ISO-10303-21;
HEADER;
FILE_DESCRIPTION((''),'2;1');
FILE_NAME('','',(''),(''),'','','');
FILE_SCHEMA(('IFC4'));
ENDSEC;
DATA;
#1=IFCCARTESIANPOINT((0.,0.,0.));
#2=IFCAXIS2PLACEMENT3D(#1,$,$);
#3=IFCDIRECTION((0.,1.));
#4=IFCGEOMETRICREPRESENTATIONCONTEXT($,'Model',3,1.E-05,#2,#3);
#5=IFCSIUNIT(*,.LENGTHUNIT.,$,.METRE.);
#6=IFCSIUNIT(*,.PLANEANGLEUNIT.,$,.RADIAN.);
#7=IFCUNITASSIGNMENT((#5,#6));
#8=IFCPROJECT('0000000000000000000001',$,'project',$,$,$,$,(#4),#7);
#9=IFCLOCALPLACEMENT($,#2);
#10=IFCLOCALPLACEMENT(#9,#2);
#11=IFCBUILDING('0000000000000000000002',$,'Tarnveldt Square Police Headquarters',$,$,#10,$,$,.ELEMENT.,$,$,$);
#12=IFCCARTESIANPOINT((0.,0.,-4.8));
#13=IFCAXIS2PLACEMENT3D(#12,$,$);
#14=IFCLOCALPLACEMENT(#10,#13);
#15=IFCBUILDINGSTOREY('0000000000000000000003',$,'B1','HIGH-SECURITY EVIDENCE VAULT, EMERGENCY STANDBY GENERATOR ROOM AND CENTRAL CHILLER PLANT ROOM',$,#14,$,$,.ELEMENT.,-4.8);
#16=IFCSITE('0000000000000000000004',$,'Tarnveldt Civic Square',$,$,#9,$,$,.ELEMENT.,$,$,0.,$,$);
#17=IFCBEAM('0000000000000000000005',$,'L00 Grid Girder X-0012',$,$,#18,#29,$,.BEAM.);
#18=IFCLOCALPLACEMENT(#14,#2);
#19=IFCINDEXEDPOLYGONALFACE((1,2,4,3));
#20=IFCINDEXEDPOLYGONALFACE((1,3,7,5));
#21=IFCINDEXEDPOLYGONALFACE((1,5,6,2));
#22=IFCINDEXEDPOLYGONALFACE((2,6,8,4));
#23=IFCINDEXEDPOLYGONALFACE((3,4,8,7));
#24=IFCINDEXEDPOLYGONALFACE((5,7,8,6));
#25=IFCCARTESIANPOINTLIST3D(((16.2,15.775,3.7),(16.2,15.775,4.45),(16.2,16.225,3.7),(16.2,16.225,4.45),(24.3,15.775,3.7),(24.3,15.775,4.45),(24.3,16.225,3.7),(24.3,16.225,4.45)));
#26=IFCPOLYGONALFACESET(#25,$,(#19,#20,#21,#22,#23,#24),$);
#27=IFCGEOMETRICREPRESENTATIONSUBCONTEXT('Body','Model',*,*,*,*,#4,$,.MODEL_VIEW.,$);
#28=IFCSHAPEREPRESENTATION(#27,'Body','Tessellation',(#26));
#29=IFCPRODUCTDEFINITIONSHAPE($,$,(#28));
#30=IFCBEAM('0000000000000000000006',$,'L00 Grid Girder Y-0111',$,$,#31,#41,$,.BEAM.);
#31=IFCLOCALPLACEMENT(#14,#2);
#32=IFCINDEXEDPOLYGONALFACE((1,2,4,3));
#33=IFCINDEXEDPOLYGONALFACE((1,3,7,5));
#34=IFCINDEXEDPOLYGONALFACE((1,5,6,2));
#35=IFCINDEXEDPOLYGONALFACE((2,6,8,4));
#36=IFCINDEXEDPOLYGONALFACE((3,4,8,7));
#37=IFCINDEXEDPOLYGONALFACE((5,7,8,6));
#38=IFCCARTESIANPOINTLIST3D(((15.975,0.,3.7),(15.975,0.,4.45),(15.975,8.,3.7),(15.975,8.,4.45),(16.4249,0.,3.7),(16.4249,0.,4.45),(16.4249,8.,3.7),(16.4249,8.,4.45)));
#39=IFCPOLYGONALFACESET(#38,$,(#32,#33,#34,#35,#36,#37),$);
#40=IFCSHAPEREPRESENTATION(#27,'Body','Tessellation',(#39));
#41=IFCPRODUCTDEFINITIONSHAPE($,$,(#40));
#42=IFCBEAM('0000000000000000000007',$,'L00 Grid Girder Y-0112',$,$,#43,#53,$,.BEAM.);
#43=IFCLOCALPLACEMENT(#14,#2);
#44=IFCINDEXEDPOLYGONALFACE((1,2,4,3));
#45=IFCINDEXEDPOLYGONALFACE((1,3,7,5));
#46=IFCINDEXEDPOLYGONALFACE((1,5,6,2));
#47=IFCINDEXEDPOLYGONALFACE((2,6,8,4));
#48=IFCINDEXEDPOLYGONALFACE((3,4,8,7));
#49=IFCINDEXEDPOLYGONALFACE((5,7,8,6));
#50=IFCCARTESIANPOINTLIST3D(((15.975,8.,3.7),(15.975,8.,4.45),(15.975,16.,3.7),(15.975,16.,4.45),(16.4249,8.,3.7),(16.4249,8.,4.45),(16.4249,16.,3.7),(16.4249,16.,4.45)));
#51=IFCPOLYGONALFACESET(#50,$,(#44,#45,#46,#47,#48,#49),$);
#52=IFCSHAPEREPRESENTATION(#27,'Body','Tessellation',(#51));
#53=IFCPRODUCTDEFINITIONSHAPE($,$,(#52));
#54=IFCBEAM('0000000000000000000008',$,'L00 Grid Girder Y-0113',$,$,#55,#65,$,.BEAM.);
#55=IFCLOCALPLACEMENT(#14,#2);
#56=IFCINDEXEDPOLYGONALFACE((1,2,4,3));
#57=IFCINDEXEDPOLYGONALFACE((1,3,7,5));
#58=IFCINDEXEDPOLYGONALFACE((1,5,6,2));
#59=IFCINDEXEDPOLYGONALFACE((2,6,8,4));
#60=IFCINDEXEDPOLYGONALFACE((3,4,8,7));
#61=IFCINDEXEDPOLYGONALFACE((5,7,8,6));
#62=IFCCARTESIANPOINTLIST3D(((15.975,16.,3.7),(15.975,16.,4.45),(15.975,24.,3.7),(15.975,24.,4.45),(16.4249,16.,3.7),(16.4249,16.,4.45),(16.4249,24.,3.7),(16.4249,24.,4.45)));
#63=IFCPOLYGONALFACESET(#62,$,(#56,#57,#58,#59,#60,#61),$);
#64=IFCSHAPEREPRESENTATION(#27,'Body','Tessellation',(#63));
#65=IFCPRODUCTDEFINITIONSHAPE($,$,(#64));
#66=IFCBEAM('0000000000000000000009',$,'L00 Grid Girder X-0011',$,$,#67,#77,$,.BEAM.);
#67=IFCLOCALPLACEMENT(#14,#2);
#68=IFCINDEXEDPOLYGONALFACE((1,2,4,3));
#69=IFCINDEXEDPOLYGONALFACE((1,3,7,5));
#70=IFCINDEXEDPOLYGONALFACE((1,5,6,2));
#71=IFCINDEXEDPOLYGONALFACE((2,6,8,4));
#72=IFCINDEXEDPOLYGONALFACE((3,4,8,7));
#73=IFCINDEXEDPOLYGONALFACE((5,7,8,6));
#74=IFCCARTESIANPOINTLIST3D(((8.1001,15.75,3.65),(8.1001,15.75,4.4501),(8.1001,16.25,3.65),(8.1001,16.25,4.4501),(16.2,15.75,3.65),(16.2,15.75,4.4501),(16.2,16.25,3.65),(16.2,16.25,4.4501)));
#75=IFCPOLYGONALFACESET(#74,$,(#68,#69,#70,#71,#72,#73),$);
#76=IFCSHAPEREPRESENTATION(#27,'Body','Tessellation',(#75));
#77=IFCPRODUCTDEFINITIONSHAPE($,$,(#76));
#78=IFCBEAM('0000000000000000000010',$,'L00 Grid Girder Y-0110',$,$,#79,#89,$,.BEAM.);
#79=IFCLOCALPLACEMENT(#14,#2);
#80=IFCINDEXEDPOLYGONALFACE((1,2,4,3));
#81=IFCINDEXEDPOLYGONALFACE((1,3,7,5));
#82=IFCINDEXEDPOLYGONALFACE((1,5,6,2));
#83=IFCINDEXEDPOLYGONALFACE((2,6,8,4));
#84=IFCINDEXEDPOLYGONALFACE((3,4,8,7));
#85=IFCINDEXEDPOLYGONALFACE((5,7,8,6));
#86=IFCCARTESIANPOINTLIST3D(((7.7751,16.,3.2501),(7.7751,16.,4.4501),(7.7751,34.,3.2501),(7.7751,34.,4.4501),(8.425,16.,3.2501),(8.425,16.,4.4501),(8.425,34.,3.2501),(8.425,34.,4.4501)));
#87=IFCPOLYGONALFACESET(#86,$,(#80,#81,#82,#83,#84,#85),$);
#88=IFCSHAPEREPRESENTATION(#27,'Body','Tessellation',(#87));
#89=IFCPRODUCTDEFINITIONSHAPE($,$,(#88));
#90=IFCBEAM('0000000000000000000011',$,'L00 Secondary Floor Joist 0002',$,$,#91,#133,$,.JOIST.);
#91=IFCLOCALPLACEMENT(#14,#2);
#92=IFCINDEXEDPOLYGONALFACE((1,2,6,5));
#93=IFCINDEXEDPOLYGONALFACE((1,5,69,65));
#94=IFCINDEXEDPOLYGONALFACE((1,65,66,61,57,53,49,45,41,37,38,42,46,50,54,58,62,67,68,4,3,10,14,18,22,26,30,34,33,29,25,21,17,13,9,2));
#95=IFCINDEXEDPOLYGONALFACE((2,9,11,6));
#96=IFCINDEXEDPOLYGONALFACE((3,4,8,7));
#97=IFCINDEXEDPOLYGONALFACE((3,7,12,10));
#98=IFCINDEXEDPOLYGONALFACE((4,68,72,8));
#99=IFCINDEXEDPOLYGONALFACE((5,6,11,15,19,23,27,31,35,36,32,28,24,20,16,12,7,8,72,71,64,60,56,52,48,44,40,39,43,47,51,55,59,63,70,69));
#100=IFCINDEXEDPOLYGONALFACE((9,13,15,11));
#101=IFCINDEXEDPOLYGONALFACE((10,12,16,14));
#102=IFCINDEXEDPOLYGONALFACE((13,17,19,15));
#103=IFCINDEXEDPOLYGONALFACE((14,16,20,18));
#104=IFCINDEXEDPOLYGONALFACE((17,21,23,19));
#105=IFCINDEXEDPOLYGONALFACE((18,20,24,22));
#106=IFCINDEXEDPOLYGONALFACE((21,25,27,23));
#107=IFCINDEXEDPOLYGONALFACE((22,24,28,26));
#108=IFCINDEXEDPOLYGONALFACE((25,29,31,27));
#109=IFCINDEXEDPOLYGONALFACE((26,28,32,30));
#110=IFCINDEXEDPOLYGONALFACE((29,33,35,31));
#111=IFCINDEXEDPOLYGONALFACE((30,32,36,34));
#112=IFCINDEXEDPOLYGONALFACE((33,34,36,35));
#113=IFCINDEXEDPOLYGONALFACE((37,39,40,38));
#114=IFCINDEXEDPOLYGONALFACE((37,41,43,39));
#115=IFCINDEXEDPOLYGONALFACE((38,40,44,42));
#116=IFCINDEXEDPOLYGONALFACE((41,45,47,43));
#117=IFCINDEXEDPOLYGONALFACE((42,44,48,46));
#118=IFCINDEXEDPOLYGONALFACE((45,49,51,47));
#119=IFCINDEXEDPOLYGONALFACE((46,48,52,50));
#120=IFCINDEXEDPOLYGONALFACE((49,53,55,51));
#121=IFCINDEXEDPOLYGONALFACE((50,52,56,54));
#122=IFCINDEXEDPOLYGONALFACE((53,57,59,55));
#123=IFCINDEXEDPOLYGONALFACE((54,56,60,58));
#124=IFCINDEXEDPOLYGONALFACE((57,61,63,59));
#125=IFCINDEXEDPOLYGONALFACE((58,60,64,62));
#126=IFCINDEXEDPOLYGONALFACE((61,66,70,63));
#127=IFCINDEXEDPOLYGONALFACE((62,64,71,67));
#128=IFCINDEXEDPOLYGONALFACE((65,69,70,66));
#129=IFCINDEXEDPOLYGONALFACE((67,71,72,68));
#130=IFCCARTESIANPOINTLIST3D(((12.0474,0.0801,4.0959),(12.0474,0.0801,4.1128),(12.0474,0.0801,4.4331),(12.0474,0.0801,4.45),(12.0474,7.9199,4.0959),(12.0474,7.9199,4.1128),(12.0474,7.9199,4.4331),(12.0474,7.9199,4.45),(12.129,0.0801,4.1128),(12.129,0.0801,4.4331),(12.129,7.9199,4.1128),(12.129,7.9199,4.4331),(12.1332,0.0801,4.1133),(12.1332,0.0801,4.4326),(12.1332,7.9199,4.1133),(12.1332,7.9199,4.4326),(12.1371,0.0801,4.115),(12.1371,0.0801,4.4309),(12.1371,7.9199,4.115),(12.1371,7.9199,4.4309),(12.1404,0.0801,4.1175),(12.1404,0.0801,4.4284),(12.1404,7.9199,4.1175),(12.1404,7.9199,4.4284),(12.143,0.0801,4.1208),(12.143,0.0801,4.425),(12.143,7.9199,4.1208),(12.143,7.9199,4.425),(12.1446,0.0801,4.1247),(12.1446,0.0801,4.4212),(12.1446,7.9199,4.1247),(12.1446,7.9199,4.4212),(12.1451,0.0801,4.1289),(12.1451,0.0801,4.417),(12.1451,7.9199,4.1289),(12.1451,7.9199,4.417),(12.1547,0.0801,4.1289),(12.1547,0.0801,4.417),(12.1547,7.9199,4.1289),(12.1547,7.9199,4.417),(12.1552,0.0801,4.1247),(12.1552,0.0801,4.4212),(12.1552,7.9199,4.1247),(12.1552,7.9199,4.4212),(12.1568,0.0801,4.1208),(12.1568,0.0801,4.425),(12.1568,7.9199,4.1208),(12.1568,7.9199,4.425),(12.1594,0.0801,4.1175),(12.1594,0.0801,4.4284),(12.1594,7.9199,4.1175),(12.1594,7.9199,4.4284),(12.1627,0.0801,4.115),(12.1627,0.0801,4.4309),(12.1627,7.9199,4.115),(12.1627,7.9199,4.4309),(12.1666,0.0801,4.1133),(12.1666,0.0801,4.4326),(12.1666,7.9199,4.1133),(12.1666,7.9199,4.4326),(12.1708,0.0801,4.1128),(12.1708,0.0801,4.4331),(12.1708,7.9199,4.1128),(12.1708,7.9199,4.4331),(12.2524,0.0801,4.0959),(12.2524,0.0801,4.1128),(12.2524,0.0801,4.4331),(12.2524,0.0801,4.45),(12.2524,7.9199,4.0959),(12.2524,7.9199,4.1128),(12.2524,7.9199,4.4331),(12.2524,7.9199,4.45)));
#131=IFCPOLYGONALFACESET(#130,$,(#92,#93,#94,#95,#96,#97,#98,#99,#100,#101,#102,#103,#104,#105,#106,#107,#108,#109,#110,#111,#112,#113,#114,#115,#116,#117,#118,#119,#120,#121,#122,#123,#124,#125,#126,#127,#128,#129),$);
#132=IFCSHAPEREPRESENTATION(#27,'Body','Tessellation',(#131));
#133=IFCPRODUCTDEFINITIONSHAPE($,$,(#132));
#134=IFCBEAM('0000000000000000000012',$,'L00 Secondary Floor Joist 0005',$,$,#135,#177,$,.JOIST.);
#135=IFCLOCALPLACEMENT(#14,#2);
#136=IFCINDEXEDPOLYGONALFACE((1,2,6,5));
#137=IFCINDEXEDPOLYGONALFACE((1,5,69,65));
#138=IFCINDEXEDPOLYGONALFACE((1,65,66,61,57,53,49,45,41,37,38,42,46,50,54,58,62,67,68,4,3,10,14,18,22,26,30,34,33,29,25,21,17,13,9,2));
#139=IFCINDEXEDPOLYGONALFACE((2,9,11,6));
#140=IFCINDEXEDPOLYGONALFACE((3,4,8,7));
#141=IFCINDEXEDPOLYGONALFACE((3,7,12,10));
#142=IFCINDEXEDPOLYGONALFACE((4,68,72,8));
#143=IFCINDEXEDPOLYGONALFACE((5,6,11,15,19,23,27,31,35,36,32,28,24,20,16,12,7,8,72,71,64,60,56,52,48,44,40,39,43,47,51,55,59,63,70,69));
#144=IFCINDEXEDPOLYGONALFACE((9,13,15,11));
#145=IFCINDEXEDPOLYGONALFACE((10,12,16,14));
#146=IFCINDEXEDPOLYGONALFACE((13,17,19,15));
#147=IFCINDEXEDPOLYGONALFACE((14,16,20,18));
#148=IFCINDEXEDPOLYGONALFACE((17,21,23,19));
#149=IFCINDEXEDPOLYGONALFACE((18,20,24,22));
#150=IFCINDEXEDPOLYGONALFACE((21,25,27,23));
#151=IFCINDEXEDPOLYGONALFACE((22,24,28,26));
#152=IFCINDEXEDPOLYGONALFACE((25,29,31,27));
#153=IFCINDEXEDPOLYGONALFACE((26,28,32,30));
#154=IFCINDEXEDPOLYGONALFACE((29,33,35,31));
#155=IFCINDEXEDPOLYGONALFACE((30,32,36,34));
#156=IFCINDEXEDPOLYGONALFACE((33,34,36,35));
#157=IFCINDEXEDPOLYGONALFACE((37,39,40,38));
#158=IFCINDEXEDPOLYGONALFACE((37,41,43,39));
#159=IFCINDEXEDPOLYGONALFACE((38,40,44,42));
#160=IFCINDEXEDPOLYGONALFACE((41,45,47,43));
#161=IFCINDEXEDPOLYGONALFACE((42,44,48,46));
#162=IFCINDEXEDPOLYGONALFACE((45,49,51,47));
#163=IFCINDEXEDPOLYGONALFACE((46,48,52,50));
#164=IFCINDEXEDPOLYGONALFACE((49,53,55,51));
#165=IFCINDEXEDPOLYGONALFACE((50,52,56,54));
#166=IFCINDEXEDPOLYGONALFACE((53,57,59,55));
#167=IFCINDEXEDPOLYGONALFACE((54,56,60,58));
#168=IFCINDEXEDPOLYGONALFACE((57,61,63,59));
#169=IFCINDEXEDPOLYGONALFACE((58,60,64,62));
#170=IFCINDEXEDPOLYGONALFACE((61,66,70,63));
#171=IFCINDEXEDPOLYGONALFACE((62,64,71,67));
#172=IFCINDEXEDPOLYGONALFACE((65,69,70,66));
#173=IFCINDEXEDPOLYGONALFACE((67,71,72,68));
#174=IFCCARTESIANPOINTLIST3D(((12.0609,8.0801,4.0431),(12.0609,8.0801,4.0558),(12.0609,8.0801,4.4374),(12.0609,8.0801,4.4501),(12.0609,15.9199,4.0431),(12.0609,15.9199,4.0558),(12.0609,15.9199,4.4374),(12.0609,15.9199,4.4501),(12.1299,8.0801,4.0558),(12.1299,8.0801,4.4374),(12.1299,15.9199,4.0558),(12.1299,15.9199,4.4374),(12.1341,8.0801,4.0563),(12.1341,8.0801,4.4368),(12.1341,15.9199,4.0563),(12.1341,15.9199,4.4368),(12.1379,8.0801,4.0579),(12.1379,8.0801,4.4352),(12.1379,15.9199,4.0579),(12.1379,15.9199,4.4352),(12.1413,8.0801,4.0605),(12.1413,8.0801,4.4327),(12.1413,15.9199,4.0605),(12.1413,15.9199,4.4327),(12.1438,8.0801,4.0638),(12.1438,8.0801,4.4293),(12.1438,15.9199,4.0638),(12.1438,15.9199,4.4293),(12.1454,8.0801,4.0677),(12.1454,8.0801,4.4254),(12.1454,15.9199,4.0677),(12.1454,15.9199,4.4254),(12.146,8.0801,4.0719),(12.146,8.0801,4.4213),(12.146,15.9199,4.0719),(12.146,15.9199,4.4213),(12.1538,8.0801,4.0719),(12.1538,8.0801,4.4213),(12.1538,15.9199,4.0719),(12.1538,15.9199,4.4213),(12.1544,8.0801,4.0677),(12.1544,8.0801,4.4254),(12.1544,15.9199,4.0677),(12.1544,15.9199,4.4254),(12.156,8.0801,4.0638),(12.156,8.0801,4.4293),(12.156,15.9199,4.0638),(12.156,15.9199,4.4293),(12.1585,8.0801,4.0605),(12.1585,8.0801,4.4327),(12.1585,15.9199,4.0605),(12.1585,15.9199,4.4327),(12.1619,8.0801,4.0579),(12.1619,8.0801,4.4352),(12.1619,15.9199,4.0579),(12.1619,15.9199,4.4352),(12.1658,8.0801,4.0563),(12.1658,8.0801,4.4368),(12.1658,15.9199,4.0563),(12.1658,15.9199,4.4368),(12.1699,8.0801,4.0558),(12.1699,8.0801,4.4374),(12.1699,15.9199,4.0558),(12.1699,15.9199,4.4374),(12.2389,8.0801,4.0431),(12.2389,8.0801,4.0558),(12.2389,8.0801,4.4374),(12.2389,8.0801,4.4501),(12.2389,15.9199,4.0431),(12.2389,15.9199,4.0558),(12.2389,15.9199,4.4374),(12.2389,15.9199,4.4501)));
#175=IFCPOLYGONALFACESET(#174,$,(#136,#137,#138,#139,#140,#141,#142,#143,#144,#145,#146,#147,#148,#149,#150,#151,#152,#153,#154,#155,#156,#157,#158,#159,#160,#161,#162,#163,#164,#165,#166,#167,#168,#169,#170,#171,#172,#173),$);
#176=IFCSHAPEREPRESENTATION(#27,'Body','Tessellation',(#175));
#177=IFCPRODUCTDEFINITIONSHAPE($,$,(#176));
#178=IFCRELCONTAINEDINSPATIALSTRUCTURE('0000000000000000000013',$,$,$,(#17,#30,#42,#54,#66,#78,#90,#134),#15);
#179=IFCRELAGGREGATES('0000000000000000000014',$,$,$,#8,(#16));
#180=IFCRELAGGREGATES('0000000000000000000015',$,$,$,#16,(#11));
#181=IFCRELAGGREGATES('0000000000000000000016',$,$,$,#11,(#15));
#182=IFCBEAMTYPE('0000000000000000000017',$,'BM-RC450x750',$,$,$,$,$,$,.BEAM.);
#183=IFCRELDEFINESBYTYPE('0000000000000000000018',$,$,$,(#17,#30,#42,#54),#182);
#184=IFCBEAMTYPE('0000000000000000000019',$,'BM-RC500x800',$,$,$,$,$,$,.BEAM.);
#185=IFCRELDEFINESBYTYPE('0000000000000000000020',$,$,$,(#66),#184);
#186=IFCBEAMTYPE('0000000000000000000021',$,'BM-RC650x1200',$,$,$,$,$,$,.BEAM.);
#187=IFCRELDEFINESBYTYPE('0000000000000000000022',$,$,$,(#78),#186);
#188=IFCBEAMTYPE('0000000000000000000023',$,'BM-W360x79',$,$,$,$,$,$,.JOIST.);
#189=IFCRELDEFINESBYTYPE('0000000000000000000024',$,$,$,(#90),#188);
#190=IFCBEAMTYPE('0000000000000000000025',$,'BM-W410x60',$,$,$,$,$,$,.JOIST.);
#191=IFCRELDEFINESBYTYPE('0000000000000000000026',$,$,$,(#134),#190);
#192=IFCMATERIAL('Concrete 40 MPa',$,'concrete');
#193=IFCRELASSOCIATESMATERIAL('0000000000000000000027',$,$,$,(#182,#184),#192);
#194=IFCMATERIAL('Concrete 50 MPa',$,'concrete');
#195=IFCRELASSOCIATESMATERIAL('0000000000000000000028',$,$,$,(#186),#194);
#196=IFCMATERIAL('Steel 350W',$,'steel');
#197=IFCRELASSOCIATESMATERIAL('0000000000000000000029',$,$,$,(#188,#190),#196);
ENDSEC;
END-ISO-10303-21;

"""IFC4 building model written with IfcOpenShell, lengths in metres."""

from ifc_helpers import new_model, si_unit, direction, frame, origin, origin_2d, place, context, subcontext, project, spatial, rectangle, i_section, extrude, material, material_profile, profile_set, type_object, element, save


model = new_model("IFC4")

# Units and contexts
model_context = context("Model", 3, precision=1e-05, world=origin(), true_north=direction((0.0, 1.0)))
body_context = subcontext(model_context, "Body", "Model", "MODEL_VIEW")
ifc_project = project(units=[si_unit("LENGTHUNIT", "METRE"), si_unit("PLANEANGLEUNIT", "RADIAN")], contexts=[model_context])

# Site, building, storey
site_placement = place(None, origin())
site = spatial("IfcSite", under=ifc_project, at=site_placement, Name="Tarnveldt Civic Square", CompositionType="ELEMENT", RefElevation=0.0)
building_placement = place(site_placement, origin())
building = spatial("IfcBuilding", under=site, at=building_placement, Name="Tarnveldt Square Police Headquarters", CompositionType="ELEMENT")
storey_placement = place(building_placement, frame((0.0, 0.0, -4.8)))
storey = spatial("IfcBuildingStorey", under=building, at=storey_placement, Name="B1", Description="HIGH-SECURITY EVIDENCE VAULT, EMERGENCY STANDBY GENERATOR ROOM AND CENTRAL CHILLER PLANT ROOM", CompositionType="ELEMENT", Elevation=-4.8)

# Shared definitions
ifc_material_1 = material(Name="Concrete 40 MPa", Category="concrete")

# Shared definitions
ifc_material_2 = material(Name="Concrete 50 MPa", Category="concrete")

# Beams
ifc_material_profile_1 = material_profile(ifc_material_1, rectangle(XDim=0.45, YDim=0.75, at=origin_2d()), Name="RC-B450x750")
ifc_profile_set_1 = profile_set([ifc_material_profile_1], Name="Concrete 40 MPa")
beam_type_1 = type_object("IfcBeamType", Name="BM-RC450x750", PredefinedType="BEAM", material=ifc_profile_set_1)
beam_1_placement = place(storey_placement, frame((16.2, 16.0, 4.075), z_axis=(1.0, 0.0, 0.0), x_axis=(0.0, 1.0, 0.0)))
element("IfcBeam", 1, at=beam_1_placement, inside=storey, type_object=beam_type_1, Name="L00 Grid Girder X-0012", PredefinedType="BEAM", context=body_context, shape_type="SweptSolid", body=[
    extrude(rectangle(XDim=0.45, YDim=0.75, at=origin_2d()), origin(), (0.0, 0.0, 1.0), 8.1001),
])
for number, where, z_axis, x_axis, name in (
    (2, (16.2, 0.0, 4.075), (0.0, 1.0, 0.0), (-1.0, 0.0, 0.0), "L00 Grid Girder Y-0111"),
    (3, (16.2, 8.0, 4.075), (0.0, 1.0, 0.0), (-1.0, 0.0, 0.0), "L00 Grid Girder Y-0112"),
    (4, (16.2, 16.0, 4.075), (0.0, 1.0, 0.0), (-1.0, 0.0, 0.0), "L00 Grid Girder Y-0113"),
):
    element("IfcBeam", number, at=place(storey_placement, frame(where, z_axis=z_axis, x_axis=x_axis)), inside=storey, type_object=beam_type_1, Name=name, PredefinedType="BEAM", context=body_context, shape_type="SweptSolid", body=[
        extrude(rectangle(XDim=0.45, YDim=0.75, at=origin_2d()), origin(), (0.0, 0.0, 1.0), 8.0),
    ])
ifc_material_profile_2 = material_profile(ifc_material_1, rectangle(XDim=0.5, YDim=0.8, at=origin_2d()), Name="RC-B500x800")
ifc_profile_set_2 = profile_set([ifc_material_profile_2], Name="Concrete 40 MPa")
beam_type_2 = type_object("IfcBeamType", Name="BM-RC500x800", PredefinedType="BEAM", material=ifc_profile_set_2)
beam_2_placement = place(storey_placement, frame((8.1001, 16.0, 4.05), z_axis=(1.0, 0.0, 0.0), x_axis=(0.0, 1.0, 0.0)))
element("IfcBeam", 5, at=beam_2_placement, inside=storey, type_object=beam_type_2, Name="L00 Grid Girder X-0011", PredefinedType="BEAM", context=body_context, shape_type="SweptSolid", body=[
    extrude(rectangle(XDim=0.5, YDim=0.8, at=origin_2d()), origin(), (0.0, 0.0, 1.0), 8.0999),
])
ifc_material_profile_3 = material_profile(ifc_material_2, rectangle(XDim=0.6499, YDim=1.2, at=origin_2d()), Name="RC-B650x1200")
ifc_profile_set_3 = profile_set([ifc_material_profile_3], Name="Concrete 50 MPa")
beam_type_3 = type_object("IfcBeamType", Name="BM-RC650x1200", PredefinedType="BEAM", material=ifc_profile_set_3)
beam_3_placement = place(storey_placement, frame((8.1001, 16.0, 3.8501), z_axis=(0.0, 1.0, 0.0), x_axis=(-1.0, 0.0, 0.0)))
element("IfcBeam", 6, at=beam_3_placement, inside=storey, type_object=beam_type_3, Name="L00 Grid Girder Y-0110", PredefinedType="BEAM", context=body_context, shape_type="SweptSolid", body=[
    extrude(rectangle(XDim=0.6499, YDim=1.2, at=origin_2d()), origin(), (0.0, 0.0, 1.0), 18.0),
])
ifc_material_3 = material(Name="Steel 350W", Category="steel")
ifc_material_profile_4 = material_profile(ifc_material_3, i_section(OverallWidth=0.2051, OverallDepth=0.354, WebThickness=0.0095, FlangeThickness=0.0168, FilletRadius=0.0161, at=origin_2d()), Name="W360x79")
ifc_profile_set_4 = profile_set([ifc_material_profile_4], Name="Steel 350W")
beam_type_4 = type_object("IfcBeamType", Name="BM-W360x79", PredefinedType="JOIST", material=ifc_profile_set_4)
beam_4_placement = place(storey_placement, frame((12.1499, 0.0801, 4.2729), z_axis=(0.0, 1.0, 0.0), x_axis=(-1.0, 0.0, 0.0)))
element("IfcBeam", 7, at=beam_4_placement, inside=storey, type_object=beam_type_4, Name="L00 Secondary Floor Joist 0002", PredefinedType="JOIST", context=body_context, shape_type="SweptSolid", body=[
    extrude(i_section(OverallWidth=0.2051, OverallDepth=0.354, WebThickness=0.0095, FlangeThickness=0.0168, FilletRadius=0.0161, at=origin_2d()), origin(), (0.0, 0.0, 1.0), 7.8398),
])
ifc_material_profile_5 = material_profile(ifc_material_3, i_section(OverallWidth=0.178, OverallDepth=0.407, WebThickness=0.0078, FlangeThickness=0.0127, FilletRadius=0.0161, at=origin_2d()), Name="W410x60")
ifc_profile_set_5 = profile_set([ifc_material_profile_5], Name="Steel 350W")
beam_type_5 = type_object("IfcBeamType", Name="BM-W410x60", PredefinedType="JOIST", material=ifc_profile_set_5)
beam_5_placement = place(storey_placement, frame((12.1499, 8.0801, 4.2466), z_axis=(0.0, 1.0, 0.0), x_axis=(-1.0, 0.0, 0.0)))
element("IfcBeam", 8, at=beam_5_placement, inside=storey, type_object=beam_type_5, Name="L00 Secondary Floor Joist 0005", PredefinedType="JOIST", context=body_context, shape_type="SweptSolid", body=[
    extrude(i_section(OverallWidth=0.178, OverallDepth=0.407, WebThickness=0.0078, FlangeThickness=0.0127, FilletRadius=0.0161, at=origin_2d()), origin(), (0.0, 0.0, 1.0), 7.8398),
])

save(model, "model.ifc")
